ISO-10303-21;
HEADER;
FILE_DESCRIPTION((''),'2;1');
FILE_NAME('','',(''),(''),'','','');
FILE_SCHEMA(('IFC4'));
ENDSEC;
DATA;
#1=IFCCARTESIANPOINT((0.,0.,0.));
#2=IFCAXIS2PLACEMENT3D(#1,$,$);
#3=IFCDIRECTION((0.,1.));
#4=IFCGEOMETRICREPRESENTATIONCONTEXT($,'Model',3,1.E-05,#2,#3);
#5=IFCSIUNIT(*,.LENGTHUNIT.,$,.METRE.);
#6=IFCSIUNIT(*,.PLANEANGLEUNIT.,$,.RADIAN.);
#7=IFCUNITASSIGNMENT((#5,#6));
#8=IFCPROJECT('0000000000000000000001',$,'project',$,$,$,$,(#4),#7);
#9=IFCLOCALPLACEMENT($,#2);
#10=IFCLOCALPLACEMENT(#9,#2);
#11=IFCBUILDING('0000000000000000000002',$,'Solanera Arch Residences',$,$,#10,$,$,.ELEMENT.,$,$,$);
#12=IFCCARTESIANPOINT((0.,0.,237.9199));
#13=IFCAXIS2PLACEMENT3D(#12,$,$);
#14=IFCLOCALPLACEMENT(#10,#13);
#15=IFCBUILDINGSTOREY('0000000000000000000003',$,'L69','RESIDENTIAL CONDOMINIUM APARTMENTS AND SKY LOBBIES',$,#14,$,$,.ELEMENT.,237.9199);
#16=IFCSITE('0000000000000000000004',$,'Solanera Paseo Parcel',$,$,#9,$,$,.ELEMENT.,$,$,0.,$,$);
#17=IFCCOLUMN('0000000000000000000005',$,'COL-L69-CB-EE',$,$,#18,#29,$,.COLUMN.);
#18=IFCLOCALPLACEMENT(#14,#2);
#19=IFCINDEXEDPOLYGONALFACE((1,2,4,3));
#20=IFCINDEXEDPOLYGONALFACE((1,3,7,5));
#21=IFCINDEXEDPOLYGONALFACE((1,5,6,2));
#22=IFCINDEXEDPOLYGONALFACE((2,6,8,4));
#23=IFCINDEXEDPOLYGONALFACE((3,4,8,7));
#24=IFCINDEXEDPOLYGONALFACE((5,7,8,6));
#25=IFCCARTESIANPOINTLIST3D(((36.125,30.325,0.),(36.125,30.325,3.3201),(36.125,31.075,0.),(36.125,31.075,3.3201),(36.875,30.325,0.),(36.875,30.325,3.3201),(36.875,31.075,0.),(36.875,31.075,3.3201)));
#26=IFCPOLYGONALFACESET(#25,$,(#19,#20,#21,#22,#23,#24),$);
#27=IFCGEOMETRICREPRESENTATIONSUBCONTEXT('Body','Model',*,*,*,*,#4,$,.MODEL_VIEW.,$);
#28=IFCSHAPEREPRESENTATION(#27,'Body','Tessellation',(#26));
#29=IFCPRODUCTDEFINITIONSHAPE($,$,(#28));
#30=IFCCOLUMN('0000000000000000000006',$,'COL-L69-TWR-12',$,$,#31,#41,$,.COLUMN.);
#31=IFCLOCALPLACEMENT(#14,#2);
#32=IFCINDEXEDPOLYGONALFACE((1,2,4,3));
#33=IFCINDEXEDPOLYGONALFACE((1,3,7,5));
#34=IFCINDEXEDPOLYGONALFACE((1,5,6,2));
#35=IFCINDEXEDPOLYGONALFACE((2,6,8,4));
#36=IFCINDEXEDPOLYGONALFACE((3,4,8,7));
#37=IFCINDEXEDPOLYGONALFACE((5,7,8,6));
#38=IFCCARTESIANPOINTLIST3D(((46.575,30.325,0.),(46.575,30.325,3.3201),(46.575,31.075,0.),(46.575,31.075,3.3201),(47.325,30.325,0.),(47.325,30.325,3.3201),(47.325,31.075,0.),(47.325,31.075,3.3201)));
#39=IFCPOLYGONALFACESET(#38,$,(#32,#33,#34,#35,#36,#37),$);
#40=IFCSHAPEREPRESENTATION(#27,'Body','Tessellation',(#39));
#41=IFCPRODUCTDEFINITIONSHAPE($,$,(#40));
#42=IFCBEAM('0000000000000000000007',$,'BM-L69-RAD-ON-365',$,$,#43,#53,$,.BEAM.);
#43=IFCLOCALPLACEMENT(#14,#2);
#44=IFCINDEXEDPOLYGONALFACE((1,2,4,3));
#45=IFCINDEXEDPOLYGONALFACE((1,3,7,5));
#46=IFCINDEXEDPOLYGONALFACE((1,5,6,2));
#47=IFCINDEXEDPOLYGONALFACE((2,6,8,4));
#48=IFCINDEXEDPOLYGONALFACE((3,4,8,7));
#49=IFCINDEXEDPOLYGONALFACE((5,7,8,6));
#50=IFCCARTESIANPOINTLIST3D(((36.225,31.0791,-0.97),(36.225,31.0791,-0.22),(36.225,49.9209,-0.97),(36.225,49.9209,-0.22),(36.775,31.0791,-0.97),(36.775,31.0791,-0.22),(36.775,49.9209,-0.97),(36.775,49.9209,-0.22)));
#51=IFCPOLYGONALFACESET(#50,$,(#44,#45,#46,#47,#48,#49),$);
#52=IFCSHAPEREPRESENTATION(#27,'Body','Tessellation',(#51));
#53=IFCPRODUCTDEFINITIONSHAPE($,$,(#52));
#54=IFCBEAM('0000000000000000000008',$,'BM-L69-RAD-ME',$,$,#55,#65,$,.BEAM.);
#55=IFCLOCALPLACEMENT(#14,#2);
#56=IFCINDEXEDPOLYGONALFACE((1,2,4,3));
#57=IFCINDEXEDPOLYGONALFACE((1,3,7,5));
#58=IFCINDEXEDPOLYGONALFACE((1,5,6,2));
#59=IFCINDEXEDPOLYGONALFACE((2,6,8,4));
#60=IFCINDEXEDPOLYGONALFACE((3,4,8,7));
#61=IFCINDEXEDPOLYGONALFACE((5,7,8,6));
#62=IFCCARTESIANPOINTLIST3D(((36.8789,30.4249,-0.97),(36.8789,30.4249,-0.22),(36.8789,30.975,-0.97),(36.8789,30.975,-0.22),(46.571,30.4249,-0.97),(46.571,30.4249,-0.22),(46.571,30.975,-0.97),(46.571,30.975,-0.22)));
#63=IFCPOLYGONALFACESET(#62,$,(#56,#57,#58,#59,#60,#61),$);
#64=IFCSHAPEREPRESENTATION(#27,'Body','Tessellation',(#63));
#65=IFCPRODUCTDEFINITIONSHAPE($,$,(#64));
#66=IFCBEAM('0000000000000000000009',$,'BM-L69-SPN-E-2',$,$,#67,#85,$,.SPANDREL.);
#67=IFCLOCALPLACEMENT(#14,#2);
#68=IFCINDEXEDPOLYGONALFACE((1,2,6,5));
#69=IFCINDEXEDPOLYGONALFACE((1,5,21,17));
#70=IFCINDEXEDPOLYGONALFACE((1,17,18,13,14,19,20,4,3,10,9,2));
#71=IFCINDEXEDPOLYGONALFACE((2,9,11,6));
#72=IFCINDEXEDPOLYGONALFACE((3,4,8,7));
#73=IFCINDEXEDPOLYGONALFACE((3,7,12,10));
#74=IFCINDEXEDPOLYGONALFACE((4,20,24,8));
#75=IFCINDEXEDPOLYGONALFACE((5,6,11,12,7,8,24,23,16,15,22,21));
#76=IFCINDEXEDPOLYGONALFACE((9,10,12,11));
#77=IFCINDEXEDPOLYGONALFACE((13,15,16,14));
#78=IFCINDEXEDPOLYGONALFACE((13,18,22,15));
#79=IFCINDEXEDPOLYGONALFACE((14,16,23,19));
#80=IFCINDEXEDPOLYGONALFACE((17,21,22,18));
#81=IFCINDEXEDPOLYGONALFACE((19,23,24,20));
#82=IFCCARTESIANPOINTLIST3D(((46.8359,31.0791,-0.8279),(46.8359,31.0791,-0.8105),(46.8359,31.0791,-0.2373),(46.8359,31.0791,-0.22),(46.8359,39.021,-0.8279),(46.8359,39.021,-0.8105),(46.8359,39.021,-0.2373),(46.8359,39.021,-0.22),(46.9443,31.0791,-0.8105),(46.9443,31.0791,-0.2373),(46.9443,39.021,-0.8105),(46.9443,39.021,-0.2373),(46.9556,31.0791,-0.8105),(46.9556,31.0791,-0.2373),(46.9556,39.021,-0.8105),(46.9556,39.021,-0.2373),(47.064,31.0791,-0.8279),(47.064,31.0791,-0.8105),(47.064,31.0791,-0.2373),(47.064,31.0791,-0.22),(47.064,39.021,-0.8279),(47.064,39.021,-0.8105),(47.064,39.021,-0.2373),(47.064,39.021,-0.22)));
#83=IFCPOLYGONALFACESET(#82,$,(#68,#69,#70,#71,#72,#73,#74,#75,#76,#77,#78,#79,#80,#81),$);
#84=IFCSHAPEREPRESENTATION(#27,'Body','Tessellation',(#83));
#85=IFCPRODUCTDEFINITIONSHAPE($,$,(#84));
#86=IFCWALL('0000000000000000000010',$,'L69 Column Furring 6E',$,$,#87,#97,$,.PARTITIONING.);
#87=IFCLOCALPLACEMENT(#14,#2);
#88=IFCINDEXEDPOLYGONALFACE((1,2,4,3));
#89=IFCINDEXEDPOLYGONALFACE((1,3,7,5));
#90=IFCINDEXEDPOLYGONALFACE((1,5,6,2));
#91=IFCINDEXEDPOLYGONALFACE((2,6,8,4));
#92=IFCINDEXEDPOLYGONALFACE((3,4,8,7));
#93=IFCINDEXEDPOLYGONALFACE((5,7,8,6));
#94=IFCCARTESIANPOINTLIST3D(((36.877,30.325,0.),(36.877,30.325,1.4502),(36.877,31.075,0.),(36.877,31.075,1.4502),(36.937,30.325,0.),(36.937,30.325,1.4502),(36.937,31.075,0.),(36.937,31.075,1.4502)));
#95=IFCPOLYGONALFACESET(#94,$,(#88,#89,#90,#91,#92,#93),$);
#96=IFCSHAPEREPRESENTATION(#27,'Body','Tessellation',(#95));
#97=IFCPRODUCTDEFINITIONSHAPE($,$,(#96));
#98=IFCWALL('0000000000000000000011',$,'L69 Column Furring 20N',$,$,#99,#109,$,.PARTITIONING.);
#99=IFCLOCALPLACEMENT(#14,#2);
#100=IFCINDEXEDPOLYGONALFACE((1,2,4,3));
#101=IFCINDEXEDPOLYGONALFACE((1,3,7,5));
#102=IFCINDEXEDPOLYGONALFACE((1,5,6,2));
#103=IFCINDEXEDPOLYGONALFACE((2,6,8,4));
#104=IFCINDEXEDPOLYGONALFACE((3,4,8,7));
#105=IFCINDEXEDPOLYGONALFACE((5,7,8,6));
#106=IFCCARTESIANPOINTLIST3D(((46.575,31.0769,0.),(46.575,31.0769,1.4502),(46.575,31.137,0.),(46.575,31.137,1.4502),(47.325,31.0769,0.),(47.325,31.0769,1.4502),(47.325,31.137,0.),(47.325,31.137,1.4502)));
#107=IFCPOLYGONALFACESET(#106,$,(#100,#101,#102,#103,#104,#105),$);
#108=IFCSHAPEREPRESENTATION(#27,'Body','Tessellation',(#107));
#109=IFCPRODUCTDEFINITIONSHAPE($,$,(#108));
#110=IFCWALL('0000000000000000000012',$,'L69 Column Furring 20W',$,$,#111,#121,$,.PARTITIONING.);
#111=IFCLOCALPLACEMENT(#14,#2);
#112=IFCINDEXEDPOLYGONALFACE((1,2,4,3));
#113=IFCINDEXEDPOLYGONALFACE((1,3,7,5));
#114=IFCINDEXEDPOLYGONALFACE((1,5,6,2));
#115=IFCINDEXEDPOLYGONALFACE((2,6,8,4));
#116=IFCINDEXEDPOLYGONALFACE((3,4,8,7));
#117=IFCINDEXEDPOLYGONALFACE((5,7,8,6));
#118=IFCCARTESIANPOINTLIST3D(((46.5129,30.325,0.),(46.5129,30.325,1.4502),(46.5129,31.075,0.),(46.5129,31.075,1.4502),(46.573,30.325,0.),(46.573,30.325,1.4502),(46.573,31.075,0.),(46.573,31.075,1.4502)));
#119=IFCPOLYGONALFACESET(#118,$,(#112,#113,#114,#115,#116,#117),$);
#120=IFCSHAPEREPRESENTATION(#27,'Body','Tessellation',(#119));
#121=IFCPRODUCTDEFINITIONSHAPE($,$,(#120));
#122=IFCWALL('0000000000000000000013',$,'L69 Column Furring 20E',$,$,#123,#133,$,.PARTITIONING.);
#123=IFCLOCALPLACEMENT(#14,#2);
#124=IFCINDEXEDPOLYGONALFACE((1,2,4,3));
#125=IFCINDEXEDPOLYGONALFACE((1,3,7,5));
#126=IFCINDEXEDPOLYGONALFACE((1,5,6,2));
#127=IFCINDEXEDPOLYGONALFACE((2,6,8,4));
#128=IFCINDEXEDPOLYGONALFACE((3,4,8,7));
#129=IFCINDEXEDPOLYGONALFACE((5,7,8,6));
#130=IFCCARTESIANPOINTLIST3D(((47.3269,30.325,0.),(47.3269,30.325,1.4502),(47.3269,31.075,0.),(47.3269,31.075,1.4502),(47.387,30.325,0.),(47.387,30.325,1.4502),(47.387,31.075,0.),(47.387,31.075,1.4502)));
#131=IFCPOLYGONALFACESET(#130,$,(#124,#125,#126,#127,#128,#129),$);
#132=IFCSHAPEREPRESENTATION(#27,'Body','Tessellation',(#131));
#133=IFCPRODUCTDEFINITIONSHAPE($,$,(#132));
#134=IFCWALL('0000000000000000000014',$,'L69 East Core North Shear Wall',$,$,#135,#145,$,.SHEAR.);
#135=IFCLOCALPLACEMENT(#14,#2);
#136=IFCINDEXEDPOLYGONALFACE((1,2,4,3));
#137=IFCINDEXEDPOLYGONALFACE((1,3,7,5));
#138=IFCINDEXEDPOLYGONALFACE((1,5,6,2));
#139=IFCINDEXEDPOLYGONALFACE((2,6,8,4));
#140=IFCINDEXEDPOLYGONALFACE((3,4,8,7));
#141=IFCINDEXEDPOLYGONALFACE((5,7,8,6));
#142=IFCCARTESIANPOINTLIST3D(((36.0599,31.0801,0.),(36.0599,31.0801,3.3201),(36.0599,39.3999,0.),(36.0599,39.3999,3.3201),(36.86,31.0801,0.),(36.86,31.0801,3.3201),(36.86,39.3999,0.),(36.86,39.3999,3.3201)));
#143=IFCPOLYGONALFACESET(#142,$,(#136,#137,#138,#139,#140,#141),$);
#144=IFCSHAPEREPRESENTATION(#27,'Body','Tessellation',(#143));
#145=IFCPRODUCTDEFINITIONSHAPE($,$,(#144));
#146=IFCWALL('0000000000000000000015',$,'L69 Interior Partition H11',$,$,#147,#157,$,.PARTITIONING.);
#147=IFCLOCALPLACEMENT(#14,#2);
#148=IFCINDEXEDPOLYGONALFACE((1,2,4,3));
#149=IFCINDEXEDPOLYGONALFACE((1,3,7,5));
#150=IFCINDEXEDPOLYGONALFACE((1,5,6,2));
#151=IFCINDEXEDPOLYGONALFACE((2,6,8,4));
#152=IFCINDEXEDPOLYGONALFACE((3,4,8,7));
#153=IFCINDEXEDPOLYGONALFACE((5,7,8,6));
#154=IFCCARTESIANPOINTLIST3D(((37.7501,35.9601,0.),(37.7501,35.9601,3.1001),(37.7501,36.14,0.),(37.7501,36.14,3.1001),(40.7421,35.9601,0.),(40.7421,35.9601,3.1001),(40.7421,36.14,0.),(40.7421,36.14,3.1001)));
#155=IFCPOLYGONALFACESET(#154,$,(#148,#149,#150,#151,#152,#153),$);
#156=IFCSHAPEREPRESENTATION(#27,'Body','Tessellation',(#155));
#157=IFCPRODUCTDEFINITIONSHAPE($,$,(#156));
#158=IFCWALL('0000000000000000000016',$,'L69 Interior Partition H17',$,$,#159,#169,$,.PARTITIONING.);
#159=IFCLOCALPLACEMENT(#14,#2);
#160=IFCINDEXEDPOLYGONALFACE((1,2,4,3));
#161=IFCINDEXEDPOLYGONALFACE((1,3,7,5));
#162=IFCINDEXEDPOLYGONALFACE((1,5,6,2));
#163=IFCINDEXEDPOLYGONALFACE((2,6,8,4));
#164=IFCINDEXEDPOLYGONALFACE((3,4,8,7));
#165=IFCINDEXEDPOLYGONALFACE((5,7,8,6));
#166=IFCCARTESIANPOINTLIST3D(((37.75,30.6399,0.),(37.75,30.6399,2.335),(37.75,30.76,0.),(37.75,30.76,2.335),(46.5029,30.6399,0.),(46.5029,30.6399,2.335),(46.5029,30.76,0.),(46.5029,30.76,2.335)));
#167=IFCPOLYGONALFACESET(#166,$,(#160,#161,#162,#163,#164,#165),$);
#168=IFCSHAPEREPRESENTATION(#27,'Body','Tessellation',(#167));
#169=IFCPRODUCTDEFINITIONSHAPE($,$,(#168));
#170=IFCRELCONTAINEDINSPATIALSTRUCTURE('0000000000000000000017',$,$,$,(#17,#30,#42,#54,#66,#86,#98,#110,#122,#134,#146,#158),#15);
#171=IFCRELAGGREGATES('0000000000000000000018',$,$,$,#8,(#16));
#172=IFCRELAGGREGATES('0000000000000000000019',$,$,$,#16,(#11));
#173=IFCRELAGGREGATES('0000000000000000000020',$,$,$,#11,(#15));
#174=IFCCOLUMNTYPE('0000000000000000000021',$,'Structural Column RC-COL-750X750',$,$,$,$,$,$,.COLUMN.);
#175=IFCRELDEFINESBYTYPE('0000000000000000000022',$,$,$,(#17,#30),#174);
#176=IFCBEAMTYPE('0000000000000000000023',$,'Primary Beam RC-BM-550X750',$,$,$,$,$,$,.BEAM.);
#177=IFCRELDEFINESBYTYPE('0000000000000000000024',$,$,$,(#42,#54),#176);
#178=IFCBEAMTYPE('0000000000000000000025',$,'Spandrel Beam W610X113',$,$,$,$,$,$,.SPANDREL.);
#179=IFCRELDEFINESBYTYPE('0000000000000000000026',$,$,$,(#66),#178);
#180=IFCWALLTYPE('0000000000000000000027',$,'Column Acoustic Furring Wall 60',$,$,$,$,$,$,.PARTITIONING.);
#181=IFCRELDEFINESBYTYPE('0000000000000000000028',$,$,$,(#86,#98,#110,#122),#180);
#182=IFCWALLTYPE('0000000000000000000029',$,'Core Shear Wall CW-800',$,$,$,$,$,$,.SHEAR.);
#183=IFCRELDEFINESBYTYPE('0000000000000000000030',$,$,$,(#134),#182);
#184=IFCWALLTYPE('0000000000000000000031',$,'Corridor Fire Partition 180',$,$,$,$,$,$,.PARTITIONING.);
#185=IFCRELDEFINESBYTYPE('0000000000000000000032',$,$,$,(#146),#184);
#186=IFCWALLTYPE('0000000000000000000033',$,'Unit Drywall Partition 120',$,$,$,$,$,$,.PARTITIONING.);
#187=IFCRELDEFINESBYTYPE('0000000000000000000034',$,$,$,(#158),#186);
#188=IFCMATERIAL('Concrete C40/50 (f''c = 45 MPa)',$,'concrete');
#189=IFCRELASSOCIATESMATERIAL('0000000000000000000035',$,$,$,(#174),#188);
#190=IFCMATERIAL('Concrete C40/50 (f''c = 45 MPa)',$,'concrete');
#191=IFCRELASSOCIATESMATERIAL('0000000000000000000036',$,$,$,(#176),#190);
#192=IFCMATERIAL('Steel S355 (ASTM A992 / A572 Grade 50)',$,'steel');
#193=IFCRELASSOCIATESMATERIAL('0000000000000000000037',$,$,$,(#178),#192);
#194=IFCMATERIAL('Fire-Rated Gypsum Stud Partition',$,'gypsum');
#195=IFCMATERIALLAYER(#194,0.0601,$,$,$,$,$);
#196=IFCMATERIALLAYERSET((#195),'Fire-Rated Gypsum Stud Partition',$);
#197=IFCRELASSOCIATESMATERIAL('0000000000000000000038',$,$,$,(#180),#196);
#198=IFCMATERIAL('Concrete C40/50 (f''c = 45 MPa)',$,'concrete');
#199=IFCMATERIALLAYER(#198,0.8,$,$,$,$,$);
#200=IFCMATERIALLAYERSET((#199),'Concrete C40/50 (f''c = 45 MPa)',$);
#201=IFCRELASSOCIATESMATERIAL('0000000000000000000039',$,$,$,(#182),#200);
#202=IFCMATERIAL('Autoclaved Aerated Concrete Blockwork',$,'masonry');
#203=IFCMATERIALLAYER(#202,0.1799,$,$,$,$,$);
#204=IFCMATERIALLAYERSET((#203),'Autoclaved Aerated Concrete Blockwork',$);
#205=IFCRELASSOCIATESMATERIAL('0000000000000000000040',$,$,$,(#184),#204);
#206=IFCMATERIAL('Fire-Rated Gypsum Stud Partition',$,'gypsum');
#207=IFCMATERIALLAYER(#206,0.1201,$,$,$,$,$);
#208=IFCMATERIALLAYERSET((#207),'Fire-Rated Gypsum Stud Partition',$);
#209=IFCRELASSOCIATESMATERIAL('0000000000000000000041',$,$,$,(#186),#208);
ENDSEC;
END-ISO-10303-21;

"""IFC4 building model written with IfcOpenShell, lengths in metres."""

from ifc_helpers import new_model, si_unit, direction, frame, frame_2d, origin, origin_2d, place, context, subcontext, project, spatial, rectangle, i_section, extrude, material, layer, layer_set, material_profile, profile_set, type_object, element, save


model = new_model("IFC4")

# Units and contexts
model_context = context("Model", 3, precision=1e-05, world=origin(), true_north=direction((0.0, 1.0)))
body_context = subcontext(model_context, "Body", "Model", "MODEL_VIEW")
ifc_project = project(units=[si_unit("LENGTHUNIT", "METRE"), si_unit("PLANEANGLEUNIT", "RADIAN")], contexts=[model_context])

# Site, building, storey
site_placement = place(None, origin())
site = spatial("IfcSite", under=ifc_project, at=site_placement, Name="Solanera Paseo Parcel", CompositionType="ELEMENT", RefElevation=0.0)
building_placement = place(site_placement, origin())
building = spatial("IfcBuilding", under=site, at=building_placement, Name="Solanera Arch Residences", CompositionType="ELEMENT")
storey_placement = place(building_placement, frame((0.0, 0.0, 237.9199)))
storey = spatial("IfcBuildingStorey", under=building, at=storey_placement, Name="L69", Description="RESIDENTIAL CONDOMINIUM APARTMENTS AND SKY LOBBIES", CompositionType="ELEMENT", Elevation=237.9199)

# Columns
ifc_material_1 = material(Name="Concrete C40/50 (f'c = 45 MPa)", Category="concrete")
ifc_material_profile_1 = material_profile(ifc_material_1, rectangle(XDim=0.75, YDim=0.75, at=origin_2d()))
ifc_profile_set_1 = profile_set([ifc_material_profile_1], Name="Concrete C40/50 (f'c = 45 MPa)")
column_type = type_object("IfcColumnType", Name="Structural Column RC-COL-750X750", PredefinedType="COLUMN", material=ifc_profile_set_1)
for number, where, z_axis, x_axis, name in (
    (1, (36.5, 30.7, 0.0), (0.0, 0.0, 1.0), (1.0, 0.0, 0.0), "COL-L69-CB-EE"),
    (2, (46.95, 30.7, 0.0), (0.0, 0.0, 1.0), (1.0, 0.0, 0.0), "COL-L69-TWR-12"),
):
    element("IfcColumn", number, at=place(storey_placement, frame(where, z_axis=z_axis, x_axis=x_axis)), inside=storey, type_object=column_type, Name=name, PredefinedType="COLUMN", context=body_context, shape_type="SweptSolid", body=[
        extrude(rectangle(XDim=0.75, YDim=0.75, at=origin_2d()), origin(), (0.0, 0.0, 1.0), 3.3201),
    ])

# Beams
ifc_material_2 = material(Name="Concrete C40/50 (f'c = 45 MPa)", Category="concrete")
ifc_material_profile_2 = material_profile(ifc_material_2, rectangle(XDim=0.55, YDim=0.75, at=origin_2d()))
ifc_profile_set_2 = profile_set([ifc_material_profile_2], Name="Concrete C40/50 (f'c = 45 MPa)")
beam_type_1 = type_object("IfcBeamType", Name="Primary Beam RC-BM-550X750", PredefinedType="BEAM", material=ifc_profile_set_2)
beam_1_placement = place(storey_placement, frame((36.5, 31.0791, -0.595), z_axis=(0.0, 1.0, 0.0), x_axis=(-1.0, 0.0, 0.0)))
element("IfcBeam", 3, at=beam_1_placement, inside=storey, type_object=beam_type_1, Name="BM-L69-RAD-ON-365", PredefinedType="BEAM", context=body_context, shape_type="SweptSolid", body=[
    extrude(rectangle(XDim=0.55, YDim=0.75, at=origin_2d()), origin(), (0.0, 0.0, 1.0), 18.8418),
])
beam_2_placement = place(storey_placement, frame((36.8789, 30.7, -0.595), z_axis=(1.0, 0.0, 0.0), x_axis=(0.0, 1.0, 0.0)))
element("IfcBeam", 4, at=beam_2_placement, inside=storey, type_object=beam_type_1, Name="BM-L69-RAD-ME", PredefinedType="BEAM", context=body_context, shape_type="SweptSolid", body=[
    extrude(rectangle(XDim=0.55, YDim=0.75, at=origin_2d()), origin(), (0.0, 0.0, 1.0), 9.6921),
])
ifc_material_3 = material(Name="Steel S355 (ASTM A992 / A572 Grade 50)", Category="steel")
ifc_material_profile_3 = material_profile(ifc_material_3, i_section(OverallWidth=0.228, OverallDepth=0.6079, WebThickness=0.0112, FlangeThickness=0.0173, at=origin_2d()))
ifc_profile_set_3 = profile_set([ifc_material_profile_3], Name="Steel S355 (ASTM A992 / A572 Grade 50)")
beam_type_2 = type_object("IfcBeamType", Name="Spandrel Beam W610X113", PredefinedType="SPANDREL", material=ifc_profile_set_3)
beam_3_placement = place(storey_placement, frame((46.95, 31.0791, -0.5239), z_axis=(0.0, 1.0, 0.0), x_axis=(-1.0, 0.0, 0.0)))
element("IfcBeam", 5, at=beam_3_placement, inside=storey, type_object=beam_type_2, Name="BM-L69-SPN-E-2", PredefinedType="SPANDREL", context=body_context, shape_type="SweptSolid", body=[
    extrude(i_section(OverallWidth=0.228, OverallDepth=0.6079, WebThickness=0.0112, FlangeThickness=0.0173, at=origin_2d()), origin(), (0.0, 0.0, 1.0), 7.9419),
])

# Walls
ifc_material_4 = material(Name="Fire-Rated Gypsum Stud Partition", Category="gypsum")
ifc_layer_1 = layer(ifc_material_4, 0.0601)
ifc_layer_set_1 = layer_set([ifc_layer_1], Name="Fire-Rated Gypsum Stud Partition")
wall_type_1 = type_object("IfcWallType", Name="Column Acoustic Furring Wall 60", PredefinedType="PARTITIONING", material=ifc_layer_set_1)
for number, where, z_axis, x_axis, name in (
    (6, (36.907, 30.325, 0.0), (0.0, 0.0, 1.0), (0.0, 1.0, 0.0), "L69 Column Furring 6E"),
    (7, (46.575, 31.1069, 0.0), (0.0, 0.0, 1.0), (1.0, 0.0, 0.0), "L69 Column Furring 20N"),
    (8, (46.543, 30.325, 0.0), (0.0, 0.0, 1.0), (0.0, 1.0, 0.0), "L69 Column Furring 20W"),
    (9, (47.3569, 30.325, 0.0), (0.0, 0.0, 1.0), (0.0, 1.0, 0.0), "L69 Column Furring 20E"),
):
    element("IfcWall", number, at=place(storey_placement, frame(where, z_axis=z_axis, x_axis=x_axis)), inside=storey, type_object=wall_type_1, Name=name, PredefinedType="PARTITIONING", context=body_context, shape_type="SweptSolid", body=[
        extrude(rectangle(XDim=0.75, YDim=0.0601, at=frame_2d((0.375, 0.0))), origin(), (0.0, 0.0, 1.0), 1.4502),
    ])
ifc_material_5 = material(Name="Concrete C40/50 (f'c = 45 MPa)", Category="concrete")
ifc_layer_2 = layer(ifc_material_5, 0.8)
ifc_layer_set_2 = layer_set([ifc_layer_2], Name="Concrete C40/50 (f'c = 45 MPa)")
wall_type_2 = type_object("IfcWallType", Name="Core Shear Wall CW-800", PredefinedType="SHEAR", material=ifc_layer_set_2)
wall_1_placement = place(storey_placement, frame((36.46, 31.0801, 0.0), z_axis=(0.0, 0.0, 1.0), x_axis=(0.0, 1.0, 0.0)))
element("IfcWall", 10, at=wall_1_placement, inside=storey, type_object=wall_type_2, Name="L69 East Core North Shear Wall", PredefinedType="SHEAR", context=body_context, shape_type="SweptSolid", body=[
    extrude(rectangle(XDim=8.3198, YDim=0.8, at=frame_2d((4.1599, 0.0))), origin(), (0.0, 0.0, 1.0), 3.3201),
])
ifc_material_6 = material(Name="Autoclaved Aerated Concrete Blockwork", Category="masonry")
ifc_layer_3 = layer(ifc_material_6, 0.1799)
ifc_layer_set_3 = layer_set([ifc_layer_3], Name="Autoclaved Aerated Concrete Blockwork")
wall_type_3 = type_object("IfcWallType", Name="Corridor Fire Partition 180", PredefinedType="PARTITIONING", material=ifc_layer_set_3)
wall_2_placement = place(storey_placement, frame((37.75, 36.05, 0.0), z_axis=(0.0, 0.0, 1.0), x_axis=(1.0, 0.0, 0.0)))
element("IfcWall", 11, at=wall_2_placement, inside=storey, type_object=wall_type_3, Name="L69 Interior Partition H11", PredefinedType="PARTITIONING", context=body_context, shape_type="SweptSolid", body=[
    extrude(rectangle(XDim=2.9919, YDim=0.1799, at=frame_2d((1.4961, 0.0))), origin(), (0.0, 0.0, 1.0), 3.1001),
])
ifc_material_7 = material(Name="Fire-Rated Gypsum Stud Partition", Category="gypsum")
ifc_layer_4 = layer(ifc_material_7, 0.1201)
ifc_layer_set_4 = layer_set([ifc_layer_4], Name="Fire-Rated Gypsum Stud Partition")
wall_type_4 = type_object("IfcWallType", Name="Unit Drywall Partition 120", PredefinedType="PARTITIONING", material=ifc_layer_set_4)
wall_3_placement = place(storey_placement, frame((37.75, 30.7, 0.0), z_axis=(0.0, 0.0, 1.0), x_axis=(1.0, 0.0, 0.0)))
element("IfcWall", 12, at=wall_3_placement, inside=storey, type_object=wall_type_4, Name="L69 Interior Partition H17", PredefinedType="PARTITIONING", context=body_context, shape_type="SweptSolid", body=[
    extrude(rectangle(XDim=8.7529, YDim=0.1201, at=frame_2d((4.3765, 0.0))), origin(), (0.0, 0.0, 1.0), 2.335),
])

save(model, "model.ifc")
